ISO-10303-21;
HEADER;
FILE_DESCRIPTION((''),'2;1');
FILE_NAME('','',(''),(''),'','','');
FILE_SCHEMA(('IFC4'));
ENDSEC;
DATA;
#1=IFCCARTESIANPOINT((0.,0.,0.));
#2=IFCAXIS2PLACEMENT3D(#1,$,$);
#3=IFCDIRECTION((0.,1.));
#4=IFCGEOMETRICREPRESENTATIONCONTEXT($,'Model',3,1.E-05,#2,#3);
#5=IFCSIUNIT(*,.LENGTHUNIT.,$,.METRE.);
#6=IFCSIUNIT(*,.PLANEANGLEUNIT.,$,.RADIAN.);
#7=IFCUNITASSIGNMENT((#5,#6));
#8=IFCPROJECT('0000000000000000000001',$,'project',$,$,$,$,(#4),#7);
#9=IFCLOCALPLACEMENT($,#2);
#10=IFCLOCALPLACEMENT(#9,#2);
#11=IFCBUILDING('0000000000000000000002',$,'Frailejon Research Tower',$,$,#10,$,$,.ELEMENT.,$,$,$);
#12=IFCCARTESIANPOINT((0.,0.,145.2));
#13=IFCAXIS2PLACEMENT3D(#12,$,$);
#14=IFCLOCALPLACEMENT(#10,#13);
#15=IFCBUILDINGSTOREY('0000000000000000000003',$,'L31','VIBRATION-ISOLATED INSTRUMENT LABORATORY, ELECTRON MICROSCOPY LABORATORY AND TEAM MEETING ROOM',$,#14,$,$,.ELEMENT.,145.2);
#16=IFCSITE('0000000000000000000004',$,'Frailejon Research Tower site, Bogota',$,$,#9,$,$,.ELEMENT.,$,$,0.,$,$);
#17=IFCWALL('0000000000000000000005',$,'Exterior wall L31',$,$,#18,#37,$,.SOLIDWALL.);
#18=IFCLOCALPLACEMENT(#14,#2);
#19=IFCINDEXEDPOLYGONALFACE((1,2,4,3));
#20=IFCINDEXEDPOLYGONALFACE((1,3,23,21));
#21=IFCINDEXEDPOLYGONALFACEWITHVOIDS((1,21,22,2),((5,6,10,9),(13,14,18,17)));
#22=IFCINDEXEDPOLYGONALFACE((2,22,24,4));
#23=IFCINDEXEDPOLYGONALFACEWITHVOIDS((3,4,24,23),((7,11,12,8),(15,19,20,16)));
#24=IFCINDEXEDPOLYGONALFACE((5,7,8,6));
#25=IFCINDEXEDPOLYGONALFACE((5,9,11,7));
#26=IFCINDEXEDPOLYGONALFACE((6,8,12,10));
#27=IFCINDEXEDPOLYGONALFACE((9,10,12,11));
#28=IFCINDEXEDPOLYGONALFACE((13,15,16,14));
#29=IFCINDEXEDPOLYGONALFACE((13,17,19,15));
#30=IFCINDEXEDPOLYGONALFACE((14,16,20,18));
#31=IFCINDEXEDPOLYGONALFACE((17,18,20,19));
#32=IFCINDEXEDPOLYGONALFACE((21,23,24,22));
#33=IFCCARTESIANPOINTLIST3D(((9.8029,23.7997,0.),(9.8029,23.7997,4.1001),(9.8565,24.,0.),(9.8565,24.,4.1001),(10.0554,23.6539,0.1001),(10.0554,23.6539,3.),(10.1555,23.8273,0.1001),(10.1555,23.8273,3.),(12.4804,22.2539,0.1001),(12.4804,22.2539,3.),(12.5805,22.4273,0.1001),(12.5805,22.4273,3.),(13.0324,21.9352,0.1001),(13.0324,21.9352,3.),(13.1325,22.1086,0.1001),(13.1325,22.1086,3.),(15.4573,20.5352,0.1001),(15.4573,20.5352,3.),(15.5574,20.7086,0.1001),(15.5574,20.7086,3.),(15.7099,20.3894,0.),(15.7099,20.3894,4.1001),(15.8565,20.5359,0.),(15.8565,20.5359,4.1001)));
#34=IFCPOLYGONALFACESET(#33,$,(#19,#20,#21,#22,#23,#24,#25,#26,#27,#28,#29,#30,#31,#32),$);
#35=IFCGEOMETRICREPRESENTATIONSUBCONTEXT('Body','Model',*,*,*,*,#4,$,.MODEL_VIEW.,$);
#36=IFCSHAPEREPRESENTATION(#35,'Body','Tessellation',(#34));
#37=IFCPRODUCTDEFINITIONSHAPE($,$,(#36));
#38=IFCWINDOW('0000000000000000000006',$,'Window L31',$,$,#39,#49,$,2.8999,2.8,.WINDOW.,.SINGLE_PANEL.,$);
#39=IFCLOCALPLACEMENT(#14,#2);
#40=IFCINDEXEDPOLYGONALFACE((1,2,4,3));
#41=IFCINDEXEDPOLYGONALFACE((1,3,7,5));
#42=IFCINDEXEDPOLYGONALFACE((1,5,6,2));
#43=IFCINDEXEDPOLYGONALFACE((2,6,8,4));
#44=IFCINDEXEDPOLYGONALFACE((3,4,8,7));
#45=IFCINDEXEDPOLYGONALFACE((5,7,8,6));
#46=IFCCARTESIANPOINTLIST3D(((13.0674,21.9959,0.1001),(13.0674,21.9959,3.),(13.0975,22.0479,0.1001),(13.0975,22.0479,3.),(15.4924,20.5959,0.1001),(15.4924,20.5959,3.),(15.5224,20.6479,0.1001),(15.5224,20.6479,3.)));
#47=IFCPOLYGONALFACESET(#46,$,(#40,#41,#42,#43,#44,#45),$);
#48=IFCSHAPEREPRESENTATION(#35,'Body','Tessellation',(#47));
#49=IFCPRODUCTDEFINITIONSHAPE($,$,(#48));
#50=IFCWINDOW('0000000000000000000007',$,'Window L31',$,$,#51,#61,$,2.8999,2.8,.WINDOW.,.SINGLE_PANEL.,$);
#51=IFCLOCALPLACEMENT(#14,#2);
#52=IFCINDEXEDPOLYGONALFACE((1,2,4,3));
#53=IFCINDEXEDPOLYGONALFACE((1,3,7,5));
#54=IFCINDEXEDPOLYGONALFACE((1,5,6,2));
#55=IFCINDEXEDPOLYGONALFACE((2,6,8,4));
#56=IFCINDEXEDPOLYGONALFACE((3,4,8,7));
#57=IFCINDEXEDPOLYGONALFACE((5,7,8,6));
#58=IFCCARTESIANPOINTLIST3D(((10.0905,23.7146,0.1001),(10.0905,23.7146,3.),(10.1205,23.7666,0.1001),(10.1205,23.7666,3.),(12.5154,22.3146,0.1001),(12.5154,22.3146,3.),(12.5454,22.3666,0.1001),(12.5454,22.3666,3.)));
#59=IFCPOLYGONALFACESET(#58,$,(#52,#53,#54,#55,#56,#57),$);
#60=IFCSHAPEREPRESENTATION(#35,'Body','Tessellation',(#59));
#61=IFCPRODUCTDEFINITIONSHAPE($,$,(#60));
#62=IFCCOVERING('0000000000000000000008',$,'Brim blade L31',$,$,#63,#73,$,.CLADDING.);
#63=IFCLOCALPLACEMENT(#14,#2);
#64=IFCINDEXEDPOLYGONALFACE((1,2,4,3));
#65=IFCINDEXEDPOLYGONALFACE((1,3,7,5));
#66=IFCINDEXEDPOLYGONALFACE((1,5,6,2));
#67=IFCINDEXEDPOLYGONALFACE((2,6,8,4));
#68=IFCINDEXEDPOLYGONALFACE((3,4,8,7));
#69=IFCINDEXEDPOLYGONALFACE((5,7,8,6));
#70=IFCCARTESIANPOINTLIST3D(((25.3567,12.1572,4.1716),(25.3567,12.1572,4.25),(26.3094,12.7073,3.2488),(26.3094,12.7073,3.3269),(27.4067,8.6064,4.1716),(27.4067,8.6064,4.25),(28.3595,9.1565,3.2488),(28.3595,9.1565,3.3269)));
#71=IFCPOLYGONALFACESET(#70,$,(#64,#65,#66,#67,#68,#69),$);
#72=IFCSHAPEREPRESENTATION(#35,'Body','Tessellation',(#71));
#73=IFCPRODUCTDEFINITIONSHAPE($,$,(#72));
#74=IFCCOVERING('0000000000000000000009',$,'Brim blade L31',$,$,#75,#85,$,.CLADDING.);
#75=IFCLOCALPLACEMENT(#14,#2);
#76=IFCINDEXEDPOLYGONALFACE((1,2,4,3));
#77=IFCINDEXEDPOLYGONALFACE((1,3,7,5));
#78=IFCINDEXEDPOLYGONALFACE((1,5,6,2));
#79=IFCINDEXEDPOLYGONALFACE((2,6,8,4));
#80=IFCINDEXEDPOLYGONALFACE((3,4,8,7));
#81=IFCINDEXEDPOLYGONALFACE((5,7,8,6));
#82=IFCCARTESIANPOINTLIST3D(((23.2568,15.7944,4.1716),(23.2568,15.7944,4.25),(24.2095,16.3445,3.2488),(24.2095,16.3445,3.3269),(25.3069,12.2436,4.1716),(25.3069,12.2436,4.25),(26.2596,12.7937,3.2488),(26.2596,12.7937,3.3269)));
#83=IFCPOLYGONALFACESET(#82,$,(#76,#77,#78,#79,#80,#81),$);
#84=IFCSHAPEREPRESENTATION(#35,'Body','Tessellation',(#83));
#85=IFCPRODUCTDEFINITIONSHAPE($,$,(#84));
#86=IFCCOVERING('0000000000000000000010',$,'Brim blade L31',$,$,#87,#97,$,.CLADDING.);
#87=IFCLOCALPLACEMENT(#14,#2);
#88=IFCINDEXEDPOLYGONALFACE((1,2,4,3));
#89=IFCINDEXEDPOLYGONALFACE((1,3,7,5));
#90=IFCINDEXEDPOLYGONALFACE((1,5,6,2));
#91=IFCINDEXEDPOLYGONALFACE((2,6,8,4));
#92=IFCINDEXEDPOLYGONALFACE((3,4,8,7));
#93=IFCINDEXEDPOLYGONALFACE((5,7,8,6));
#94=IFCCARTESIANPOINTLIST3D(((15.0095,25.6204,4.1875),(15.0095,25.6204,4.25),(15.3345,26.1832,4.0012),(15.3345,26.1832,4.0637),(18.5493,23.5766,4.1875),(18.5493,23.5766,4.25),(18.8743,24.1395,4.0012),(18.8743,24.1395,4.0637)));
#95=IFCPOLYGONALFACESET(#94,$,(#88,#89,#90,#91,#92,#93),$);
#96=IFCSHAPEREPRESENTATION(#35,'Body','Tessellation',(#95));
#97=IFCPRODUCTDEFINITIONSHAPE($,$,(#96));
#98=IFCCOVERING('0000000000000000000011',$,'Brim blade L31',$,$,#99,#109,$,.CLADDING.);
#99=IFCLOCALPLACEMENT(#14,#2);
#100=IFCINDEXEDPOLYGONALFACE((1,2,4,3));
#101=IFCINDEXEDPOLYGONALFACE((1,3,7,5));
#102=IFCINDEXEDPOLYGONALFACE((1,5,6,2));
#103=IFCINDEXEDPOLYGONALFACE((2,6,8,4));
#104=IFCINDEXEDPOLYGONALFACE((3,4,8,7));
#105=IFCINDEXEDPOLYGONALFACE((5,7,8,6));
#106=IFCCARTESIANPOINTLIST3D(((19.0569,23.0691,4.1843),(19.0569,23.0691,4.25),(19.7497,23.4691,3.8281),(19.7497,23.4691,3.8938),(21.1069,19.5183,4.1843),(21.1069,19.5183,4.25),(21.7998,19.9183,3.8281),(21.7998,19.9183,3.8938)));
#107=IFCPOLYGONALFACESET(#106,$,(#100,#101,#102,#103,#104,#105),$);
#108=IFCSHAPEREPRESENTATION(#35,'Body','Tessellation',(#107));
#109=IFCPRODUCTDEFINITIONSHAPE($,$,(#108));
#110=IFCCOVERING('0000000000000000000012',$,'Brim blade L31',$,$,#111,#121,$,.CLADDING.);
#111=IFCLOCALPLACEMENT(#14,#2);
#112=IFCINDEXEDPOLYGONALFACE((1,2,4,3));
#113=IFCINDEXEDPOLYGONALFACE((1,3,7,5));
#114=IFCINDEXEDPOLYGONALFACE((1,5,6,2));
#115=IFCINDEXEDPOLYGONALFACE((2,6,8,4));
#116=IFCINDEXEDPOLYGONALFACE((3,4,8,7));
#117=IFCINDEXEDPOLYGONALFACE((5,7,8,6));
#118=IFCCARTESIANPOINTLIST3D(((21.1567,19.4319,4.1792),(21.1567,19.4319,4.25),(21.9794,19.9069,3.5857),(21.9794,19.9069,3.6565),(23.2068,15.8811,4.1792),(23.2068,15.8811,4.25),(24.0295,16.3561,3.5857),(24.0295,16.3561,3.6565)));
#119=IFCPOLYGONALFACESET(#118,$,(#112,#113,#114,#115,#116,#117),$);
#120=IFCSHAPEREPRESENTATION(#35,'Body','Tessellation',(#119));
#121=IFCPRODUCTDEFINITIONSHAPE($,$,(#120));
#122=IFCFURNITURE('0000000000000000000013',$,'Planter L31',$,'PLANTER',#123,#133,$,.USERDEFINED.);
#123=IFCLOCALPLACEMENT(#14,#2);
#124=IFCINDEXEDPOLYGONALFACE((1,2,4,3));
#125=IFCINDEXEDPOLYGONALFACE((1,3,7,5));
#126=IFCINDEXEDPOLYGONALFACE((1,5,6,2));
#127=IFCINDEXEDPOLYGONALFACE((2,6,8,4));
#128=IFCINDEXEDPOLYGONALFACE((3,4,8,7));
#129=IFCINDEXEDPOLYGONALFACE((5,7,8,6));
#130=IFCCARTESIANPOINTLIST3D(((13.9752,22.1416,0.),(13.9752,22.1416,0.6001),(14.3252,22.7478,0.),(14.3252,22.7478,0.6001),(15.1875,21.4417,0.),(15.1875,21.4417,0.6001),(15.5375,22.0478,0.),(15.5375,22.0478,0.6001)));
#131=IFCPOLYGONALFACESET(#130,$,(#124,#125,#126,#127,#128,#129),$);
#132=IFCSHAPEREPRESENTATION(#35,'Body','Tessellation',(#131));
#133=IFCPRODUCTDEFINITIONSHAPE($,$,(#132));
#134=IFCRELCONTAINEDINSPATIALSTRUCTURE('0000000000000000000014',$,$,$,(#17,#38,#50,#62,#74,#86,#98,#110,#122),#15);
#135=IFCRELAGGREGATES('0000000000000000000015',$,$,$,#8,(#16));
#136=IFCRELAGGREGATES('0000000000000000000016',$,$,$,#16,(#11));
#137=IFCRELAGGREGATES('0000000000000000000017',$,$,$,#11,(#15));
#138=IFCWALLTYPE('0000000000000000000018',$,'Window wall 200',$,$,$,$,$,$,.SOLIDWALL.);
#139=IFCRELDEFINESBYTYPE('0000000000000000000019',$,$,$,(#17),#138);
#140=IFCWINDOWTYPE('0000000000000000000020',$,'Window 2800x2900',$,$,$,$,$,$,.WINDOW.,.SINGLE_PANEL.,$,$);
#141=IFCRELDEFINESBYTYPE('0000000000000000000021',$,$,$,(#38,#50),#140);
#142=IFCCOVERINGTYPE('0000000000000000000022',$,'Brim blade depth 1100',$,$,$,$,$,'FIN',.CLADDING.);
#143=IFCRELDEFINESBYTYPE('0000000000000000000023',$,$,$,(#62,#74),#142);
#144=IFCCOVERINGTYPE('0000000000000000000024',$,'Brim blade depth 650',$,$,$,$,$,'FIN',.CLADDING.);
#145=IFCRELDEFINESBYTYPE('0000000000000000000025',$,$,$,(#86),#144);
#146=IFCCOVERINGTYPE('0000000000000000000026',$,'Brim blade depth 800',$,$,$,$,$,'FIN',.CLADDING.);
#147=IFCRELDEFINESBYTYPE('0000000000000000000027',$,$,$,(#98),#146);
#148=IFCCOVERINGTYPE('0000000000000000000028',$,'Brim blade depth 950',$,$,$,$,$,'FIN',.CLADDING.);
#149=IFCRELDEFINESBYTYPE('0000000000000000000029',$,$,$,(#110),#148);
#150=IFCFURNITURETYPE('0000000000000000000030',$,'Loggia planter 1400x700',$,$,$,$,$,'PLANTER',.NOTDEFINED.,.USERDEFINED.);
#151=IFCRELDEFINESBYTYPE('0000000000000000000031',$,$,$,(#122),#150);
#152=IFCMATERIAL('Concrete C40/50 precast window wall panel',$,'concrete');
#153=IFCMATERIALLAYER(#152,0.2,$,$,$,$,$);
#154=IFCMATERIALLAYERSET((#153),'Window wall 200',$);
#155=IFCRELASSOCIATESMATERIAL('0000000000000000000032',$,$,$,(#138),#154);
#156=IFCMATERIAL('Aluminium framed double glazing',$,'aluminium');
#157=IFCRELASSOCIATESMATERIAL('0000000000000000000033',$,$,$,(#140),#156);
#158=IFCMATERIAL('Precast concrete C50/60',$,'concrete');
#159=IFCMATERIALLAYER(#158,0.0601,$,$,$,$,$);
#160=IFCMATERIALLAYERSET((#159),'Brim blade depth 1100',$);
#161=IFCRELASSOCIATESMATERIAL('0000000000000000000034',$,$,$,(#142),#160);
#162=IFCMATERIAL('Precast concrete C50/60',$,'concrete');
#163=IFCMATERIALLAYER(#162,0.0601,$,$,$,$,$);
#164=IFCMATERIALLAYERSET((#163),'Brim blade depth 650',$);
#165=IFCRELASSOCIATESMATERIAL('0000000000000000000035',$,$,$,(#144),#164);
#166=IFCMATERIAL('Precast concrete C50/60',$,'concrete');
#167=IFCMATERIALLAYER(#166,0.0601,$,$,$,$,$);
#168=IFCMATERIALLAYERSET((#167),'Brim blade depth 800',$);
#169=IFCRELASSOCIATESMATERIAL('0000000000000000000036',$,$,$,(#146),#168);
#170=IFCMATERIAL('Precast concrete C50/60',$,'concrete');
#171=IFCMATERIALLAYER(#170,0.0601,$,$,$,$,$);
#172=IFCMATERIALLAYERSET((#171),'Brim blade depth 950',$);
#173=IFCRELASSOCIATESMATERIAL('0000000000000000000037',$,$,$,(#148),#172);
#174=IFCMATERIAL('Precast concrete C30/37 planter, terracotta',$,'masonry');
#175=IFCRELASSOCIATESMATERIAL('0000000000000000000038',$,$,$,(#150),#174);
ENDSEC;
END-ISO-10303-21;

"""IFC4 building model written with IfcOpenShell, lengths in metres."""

from ifc_helpers import new_model, si_unit, direction, frame, frame_2d, origin, origin_2d, place, context, subcontext, project, spatial, polyline, rectangle, outline, extrude, material, layer, layer_set, type_object, element, fill, save


model = new_model("IFC4")

# Units and contexts
model_context = context("Model", 3, precision=1e-05, world=origin(), true_north=direction((0.0, 1.0)))
body_context = subcontext(model_context, "Body", "Model", "MODEL_VIEW")
ifc_project = project(units=[si_unit("LENGTHUNIT", "METRE"), si_unit("PLANEANGLEUNIT", "RADIAN")], contexts=[model_context])

# Site, building, storey
site_placement = place(None, origin())
site = spatial("IfcSite", under=ifc_project, at=site_placement, Name="Frailejon Research Tower site, Bogota", CompositionType="ELEMENT", RefElevation=0.0)
building_placement = place(site_placement, origin())
building = spatial("IfcBuilding", under=site, at=building_placement, Name="Frailejon Research Tower", CompositionType="ELEMENT")
storey_placement = place(building_placement, frame((0.0, 0.0, 145.2)))
storey = spatial("IfcBuildingStorey", under=building, at=storey_placement, Name="L31", Description="VIBRATION-ISOLATED INSTRUMENT LABORATORY, ELECTRON MICROSCOPY LABORATORY AND TEAM MEETING ROOM", CompositionType="ELEMENT", Elevation=145.2)

# Wall, openings, windows
ifc_material_1 = material(Name="Concrete C40/50 precast window wall panel", Category="concrete")
ifc_layer_1 = layer(ifc_material_1, 0.2)
ifc_layer_set_1 = layer_set([ifc_layer_1], Name="Window wall 200")
wall_type = type_object("IfcWallType", Name="Window wall 200", PredefinedType="SOLIDWALL", material=ifc_layer_set_1)
wall_placement = place(storey_placement, frame((15.7832, 20.4626, 0.0), z_axis=(0.0, 0.0, 1.0), x_axis=(-0.866029, 0.499993, 0.0)))
wall = element("IfcWall", 1, at=wall_placement, inside=storey, type_object=wall_type, Name="Exterior wall L31", PredefinedType="SOLIDWALL", context=body_context, shape_type="SweptSolid", body=[
    extrude(outline(polyline([(-0.0269, -0.1001), (1.1279, -0.1001), (2.2825, -0.1001), (3.4373, -0.1001), (4.592, -0.1001), (5.7466, -0.1001), (6.9014, -0.1001), (6.8477, 0.1001), (5.7109, 0.1001), (4.574, 0.1001), (3.4373, 0.1001), (2.3005, 0.1001), (1.1636, 0.1001), (0.0269, 0.1001), (-0.0269, -0.1001)])), origin(), (0.0, 0.0, 1.0), 4.1001),
])
opening_1_placement = place(wall_placement, frame((0.3186, 0.0, 0.1001)))
opening_1 = element("IfcOpeningElement", 2, at=opening_1_placement, cuts=wall, PredefinedType="OPENING", context=body_context, shape_type="SweptSolid", body=[
    extrude(rectangle(XDim=2.8, YDim=2.8999, at=frame_2d((1.3999, 1.45))), frame((0.0, 0.1099, 0.0), z_axis=(0.0, -1.0, 0.0), x_axis=(1.0, 0.0, 0.0)), (0.0, 0.0, 1.0), 0.22),
])
opening_2_placement = place(wall_placement, frame((3.7561, 0.0, 0.1001)))
opening_2 = element("IfcOpeningElement", 3, at=opening_2_placement, cuts=wall, PredefinedType="OPENING", context=body_context, shape_type="SweptSolid", body=[
    extrude(rectangle(XDim=2.8, YDim=2.8999, at=frame_2d((1.3999, 1.45))), frame((0.0, 0.1099, 0.0), z_axis=(0.0, -1.0, 0.0), x_axis=(1.0, 0.0, 0.0)), (0.0, 0.0, 1.0), 0.22),
])
ifc_material_2 = material(Name="Aluminium framed double glazing", Category="aluminium")
window_type = type_object("IfcWindowType", Name="Window 2800x2900", PartitioningType="SINGLE_PANEL", PredefinedType="WINDOW", material=ifc_material_2)
window_1_placement = place(opening_1_placement, origin())
window_1 = element("IfcWindow", 4, at=window_1_placement, inside=storey, type_object=window_type, Name="Window L31", OverallHeight=2.8999, OverallWidth=2.8, PartitioningType="SINGLE_PANEL", PredefinedType="WINDOW", context=body_context, shape_type="SweptSolid", body=[
    extrude(rectangle(XDim=2.8, YDim=2.8999, at=frame_2d((1.3999, 1.45))), frame((0.0, 0.03, 0.0), z_axis=(0.0, -1.0, 0.0), x_axis=(1.0, 0.0, 0.0)), (0.0, 0.0, 1.0), 0.0601),
])
fill(opening_1, window_1)
window_2_placement = place(opening_2_placement, origin())
window_2 = element("IfcWindow", 5, at=window_2_placement, inside=storey, type_object=window_type, Name="Window L31", OverallHeight=2.8999, OverallWidth=2.8, PartitioningType="SINGLE_PANEL", PredefinedType="WINDOW", context=body_context, shape_type="SweptSolid", body=[
    extrude(rectangle(XDim=2.8, YDim=2.8999, at=frame_2d((1.3999, 1.45))), frame((0.0, 0.03, 0.0), z_axis=(0.0, -1.0, 0.0), x_axis=(1.0, 0.0, 0.0)), (0.0, 0.0, 1.0), 0.0601),
])
fill(opening_2, window_2)

# Coverings
ifc_material_3 = material(Name="Precast concrete C50/60", Category="concrete")
ifc_layer_2 = layer(ifc_material_3, 0.0601)
ifc_layer_set_2 = layer_set([ifc_layer_2], Name="Brim blade depth 1100")
covering_type_1 = type_object("IfcCoveringType", Name="Brim blade depth 1100", ElementType="FIN", PredefinedType="CLADDING", material=ifc_layer_set_2)
for number, where, z_axis, x_axis, name in (
    (6, (25.3567, 12.1572, 4.25), (0.500001, -0.866025, 0.0), (0.866025, 0.500001, 0.0), "Brim blade L31"),
    (7, (23.2568, 15.7944, 4.25), (0.500001, -0.866025, 0.0), (0.866025, 0.500001, 0.0), "Brim blade L31"),
):
    element("IfcCovering", number, at=place(storey_placement, frame(where, z_axis=z_axis, x_axis=x_axis)), inside=storey, type_object=covering_type_1, Name=name, PredefinedType="CLADDING", context=body_context, shape_type="SweptSolid", body=[
        extrude(outline(polyline([(0.0, -0.0784), (1.1001, -1.0012), (1.1001, -0.9231), (0.0, 0.0), (0.0, -0.0784)])), origin(), (0.0, 0.0, 1.0), 4.1001),
    ])
ifc_material_4 = material(Name="Precast concrete C50/60", Category="concrete")
ifc_layer_3 = layer(ifc_material_4, 0.0601)
ifc_layer_set_3 = layer_set([ifc_layer_3], Name="Brim blade depth 650")
covering_type_2 = type_object("IfcCoveringType", Name="Brim blade depth 650", ElementType="FIN", PredefinedType="CLADDING", material=ifc_layer_set_3)
covering_1_placement = place(storey_placement, frame((15.0095, 25.6204, 4.25), z_axis=(0.866021, -0.500007, 0.0), x_axis=(0.500007, 0.866021, 0.0)))
element("IfcCovering", 8, at=covering_1_placement, inside=storey, type_object=covering_type_2, Name="Brim blade L31", PredefinedType="CLADDING", context=body_context, shape_type="SweptSolid", body=[
    extrude(outline(polyline([(0.0, -0.0625), (0.6499, -0.2488), (0.6499, -0.1863), (0.0, 0.0), (0.0, -0.0625)])), origin(), (0.0, 0.0, 1.0), 4.0874),
])
ifc_material_5 = material(Name="Precast concrete C50/60", Category="concrete")
ifc_layer_4 = layer(ifc_material_5, 0.0601)
ifc_layer_set_4 = layer_set([ifc_layer_4], Name="Brim blade depth 800")
covering_type_3 = type_object("IfcCoveringType", Name="Brim blade depth 800", ElementType="FIN", PredefinedType="CLADDING", material=ifc_layer_set_4)
covering_2_placement = place(storey_placement, frame((19.0569, 23.0691, 4.25), z_axis=(0.500001, -0.866025, 0.0), x_axis=(0.866025, 0.500001, 0.0)))
element("IfcCovering", 9, at=covering_2_placement, inside=storey, type_object=covering_type_3, Name="Brim blade L31", PredefinedType="CLADDING", context=body_context, shape_type="SweptSolid", body=[
    extrude(outline(polyline([(0.0, -0.0657), (0.8, -0.4219), (0.8, -0.3562), (0.0, 0.0), (0.0, -0.0657)])), origin(), (0.0, 0.0, 1.0), 4.1001),
])
ifc_material_6 = material(Name="Precast concrete C50/60", Category="concrete")
ifc_layer_5 = layer(ifc_material_6, 0.0601)
ifc_layer_set_5 = layer_set([ifc_layer_5], Name="Brim blade depth 950")
covering_type_4 = type_object("IfcCoveringType", Name="Brim blade depth 950", ElementType="FIN", PredefinedType="CLADDING", material=ifc_layer_set_5)
covering_3_placement = place(storey_placement, frame((21.1567, 19.4319, 4.25), z_axis=(0.500001, -0.866025, 0.0), x_axis=(0.866025, 0.500001, 0.0)))
element("IfcCovering", 10, at=covering_3_placement, inside=storey, type_object=covering_type_4, Name="Brim blade L31", PredefinedType="CLADDING", context=body_context, shape_type="SweptSolid", body=[
    extrude(outline(polyline([(0.0, -0.0708), (0.95, -0.6643), (0.95, -0.5935), (0.0, 0.0), (0.0, -0.0708)])), origin(), (0.0, 0.0, 1.0), 4.1001),
])

# Furniture
ifc_material_7 = material(Name="Precast concrete C30/37 planter, terracotta", Category="masonry")
furniture_type = type_object("IfcFurnitureType", Name="Loggia planter 1400x700", ElementType="PLANTER", AssemblyPlace="NOTDEFINED", PredefinedType="USERDEFINED", material=ifc_material_7)
furniture_placement = place(storey_placement, frame((14.7563, 22.0947, 0.0), z_axis=(0.0, 0.0, 1.0), x_axis=(-0.866025, 0.5, 0.0)))
element("IfcFurniture", 11, at=furniture_placement, inside=storey, type_object=furniture_type, Name="Planter L31", ObjectType="PLANTER", PredefinedType="USERDEFINED", context=body_context, shape_type="SweptSolid", body=[
    extrude(rectangle(XDim=1.3999, YDim=0.7, at=origin_2d()), origin(), (0.0, 0.0, 1.0), 0.6001),
])

save(model, "model.ifc")
